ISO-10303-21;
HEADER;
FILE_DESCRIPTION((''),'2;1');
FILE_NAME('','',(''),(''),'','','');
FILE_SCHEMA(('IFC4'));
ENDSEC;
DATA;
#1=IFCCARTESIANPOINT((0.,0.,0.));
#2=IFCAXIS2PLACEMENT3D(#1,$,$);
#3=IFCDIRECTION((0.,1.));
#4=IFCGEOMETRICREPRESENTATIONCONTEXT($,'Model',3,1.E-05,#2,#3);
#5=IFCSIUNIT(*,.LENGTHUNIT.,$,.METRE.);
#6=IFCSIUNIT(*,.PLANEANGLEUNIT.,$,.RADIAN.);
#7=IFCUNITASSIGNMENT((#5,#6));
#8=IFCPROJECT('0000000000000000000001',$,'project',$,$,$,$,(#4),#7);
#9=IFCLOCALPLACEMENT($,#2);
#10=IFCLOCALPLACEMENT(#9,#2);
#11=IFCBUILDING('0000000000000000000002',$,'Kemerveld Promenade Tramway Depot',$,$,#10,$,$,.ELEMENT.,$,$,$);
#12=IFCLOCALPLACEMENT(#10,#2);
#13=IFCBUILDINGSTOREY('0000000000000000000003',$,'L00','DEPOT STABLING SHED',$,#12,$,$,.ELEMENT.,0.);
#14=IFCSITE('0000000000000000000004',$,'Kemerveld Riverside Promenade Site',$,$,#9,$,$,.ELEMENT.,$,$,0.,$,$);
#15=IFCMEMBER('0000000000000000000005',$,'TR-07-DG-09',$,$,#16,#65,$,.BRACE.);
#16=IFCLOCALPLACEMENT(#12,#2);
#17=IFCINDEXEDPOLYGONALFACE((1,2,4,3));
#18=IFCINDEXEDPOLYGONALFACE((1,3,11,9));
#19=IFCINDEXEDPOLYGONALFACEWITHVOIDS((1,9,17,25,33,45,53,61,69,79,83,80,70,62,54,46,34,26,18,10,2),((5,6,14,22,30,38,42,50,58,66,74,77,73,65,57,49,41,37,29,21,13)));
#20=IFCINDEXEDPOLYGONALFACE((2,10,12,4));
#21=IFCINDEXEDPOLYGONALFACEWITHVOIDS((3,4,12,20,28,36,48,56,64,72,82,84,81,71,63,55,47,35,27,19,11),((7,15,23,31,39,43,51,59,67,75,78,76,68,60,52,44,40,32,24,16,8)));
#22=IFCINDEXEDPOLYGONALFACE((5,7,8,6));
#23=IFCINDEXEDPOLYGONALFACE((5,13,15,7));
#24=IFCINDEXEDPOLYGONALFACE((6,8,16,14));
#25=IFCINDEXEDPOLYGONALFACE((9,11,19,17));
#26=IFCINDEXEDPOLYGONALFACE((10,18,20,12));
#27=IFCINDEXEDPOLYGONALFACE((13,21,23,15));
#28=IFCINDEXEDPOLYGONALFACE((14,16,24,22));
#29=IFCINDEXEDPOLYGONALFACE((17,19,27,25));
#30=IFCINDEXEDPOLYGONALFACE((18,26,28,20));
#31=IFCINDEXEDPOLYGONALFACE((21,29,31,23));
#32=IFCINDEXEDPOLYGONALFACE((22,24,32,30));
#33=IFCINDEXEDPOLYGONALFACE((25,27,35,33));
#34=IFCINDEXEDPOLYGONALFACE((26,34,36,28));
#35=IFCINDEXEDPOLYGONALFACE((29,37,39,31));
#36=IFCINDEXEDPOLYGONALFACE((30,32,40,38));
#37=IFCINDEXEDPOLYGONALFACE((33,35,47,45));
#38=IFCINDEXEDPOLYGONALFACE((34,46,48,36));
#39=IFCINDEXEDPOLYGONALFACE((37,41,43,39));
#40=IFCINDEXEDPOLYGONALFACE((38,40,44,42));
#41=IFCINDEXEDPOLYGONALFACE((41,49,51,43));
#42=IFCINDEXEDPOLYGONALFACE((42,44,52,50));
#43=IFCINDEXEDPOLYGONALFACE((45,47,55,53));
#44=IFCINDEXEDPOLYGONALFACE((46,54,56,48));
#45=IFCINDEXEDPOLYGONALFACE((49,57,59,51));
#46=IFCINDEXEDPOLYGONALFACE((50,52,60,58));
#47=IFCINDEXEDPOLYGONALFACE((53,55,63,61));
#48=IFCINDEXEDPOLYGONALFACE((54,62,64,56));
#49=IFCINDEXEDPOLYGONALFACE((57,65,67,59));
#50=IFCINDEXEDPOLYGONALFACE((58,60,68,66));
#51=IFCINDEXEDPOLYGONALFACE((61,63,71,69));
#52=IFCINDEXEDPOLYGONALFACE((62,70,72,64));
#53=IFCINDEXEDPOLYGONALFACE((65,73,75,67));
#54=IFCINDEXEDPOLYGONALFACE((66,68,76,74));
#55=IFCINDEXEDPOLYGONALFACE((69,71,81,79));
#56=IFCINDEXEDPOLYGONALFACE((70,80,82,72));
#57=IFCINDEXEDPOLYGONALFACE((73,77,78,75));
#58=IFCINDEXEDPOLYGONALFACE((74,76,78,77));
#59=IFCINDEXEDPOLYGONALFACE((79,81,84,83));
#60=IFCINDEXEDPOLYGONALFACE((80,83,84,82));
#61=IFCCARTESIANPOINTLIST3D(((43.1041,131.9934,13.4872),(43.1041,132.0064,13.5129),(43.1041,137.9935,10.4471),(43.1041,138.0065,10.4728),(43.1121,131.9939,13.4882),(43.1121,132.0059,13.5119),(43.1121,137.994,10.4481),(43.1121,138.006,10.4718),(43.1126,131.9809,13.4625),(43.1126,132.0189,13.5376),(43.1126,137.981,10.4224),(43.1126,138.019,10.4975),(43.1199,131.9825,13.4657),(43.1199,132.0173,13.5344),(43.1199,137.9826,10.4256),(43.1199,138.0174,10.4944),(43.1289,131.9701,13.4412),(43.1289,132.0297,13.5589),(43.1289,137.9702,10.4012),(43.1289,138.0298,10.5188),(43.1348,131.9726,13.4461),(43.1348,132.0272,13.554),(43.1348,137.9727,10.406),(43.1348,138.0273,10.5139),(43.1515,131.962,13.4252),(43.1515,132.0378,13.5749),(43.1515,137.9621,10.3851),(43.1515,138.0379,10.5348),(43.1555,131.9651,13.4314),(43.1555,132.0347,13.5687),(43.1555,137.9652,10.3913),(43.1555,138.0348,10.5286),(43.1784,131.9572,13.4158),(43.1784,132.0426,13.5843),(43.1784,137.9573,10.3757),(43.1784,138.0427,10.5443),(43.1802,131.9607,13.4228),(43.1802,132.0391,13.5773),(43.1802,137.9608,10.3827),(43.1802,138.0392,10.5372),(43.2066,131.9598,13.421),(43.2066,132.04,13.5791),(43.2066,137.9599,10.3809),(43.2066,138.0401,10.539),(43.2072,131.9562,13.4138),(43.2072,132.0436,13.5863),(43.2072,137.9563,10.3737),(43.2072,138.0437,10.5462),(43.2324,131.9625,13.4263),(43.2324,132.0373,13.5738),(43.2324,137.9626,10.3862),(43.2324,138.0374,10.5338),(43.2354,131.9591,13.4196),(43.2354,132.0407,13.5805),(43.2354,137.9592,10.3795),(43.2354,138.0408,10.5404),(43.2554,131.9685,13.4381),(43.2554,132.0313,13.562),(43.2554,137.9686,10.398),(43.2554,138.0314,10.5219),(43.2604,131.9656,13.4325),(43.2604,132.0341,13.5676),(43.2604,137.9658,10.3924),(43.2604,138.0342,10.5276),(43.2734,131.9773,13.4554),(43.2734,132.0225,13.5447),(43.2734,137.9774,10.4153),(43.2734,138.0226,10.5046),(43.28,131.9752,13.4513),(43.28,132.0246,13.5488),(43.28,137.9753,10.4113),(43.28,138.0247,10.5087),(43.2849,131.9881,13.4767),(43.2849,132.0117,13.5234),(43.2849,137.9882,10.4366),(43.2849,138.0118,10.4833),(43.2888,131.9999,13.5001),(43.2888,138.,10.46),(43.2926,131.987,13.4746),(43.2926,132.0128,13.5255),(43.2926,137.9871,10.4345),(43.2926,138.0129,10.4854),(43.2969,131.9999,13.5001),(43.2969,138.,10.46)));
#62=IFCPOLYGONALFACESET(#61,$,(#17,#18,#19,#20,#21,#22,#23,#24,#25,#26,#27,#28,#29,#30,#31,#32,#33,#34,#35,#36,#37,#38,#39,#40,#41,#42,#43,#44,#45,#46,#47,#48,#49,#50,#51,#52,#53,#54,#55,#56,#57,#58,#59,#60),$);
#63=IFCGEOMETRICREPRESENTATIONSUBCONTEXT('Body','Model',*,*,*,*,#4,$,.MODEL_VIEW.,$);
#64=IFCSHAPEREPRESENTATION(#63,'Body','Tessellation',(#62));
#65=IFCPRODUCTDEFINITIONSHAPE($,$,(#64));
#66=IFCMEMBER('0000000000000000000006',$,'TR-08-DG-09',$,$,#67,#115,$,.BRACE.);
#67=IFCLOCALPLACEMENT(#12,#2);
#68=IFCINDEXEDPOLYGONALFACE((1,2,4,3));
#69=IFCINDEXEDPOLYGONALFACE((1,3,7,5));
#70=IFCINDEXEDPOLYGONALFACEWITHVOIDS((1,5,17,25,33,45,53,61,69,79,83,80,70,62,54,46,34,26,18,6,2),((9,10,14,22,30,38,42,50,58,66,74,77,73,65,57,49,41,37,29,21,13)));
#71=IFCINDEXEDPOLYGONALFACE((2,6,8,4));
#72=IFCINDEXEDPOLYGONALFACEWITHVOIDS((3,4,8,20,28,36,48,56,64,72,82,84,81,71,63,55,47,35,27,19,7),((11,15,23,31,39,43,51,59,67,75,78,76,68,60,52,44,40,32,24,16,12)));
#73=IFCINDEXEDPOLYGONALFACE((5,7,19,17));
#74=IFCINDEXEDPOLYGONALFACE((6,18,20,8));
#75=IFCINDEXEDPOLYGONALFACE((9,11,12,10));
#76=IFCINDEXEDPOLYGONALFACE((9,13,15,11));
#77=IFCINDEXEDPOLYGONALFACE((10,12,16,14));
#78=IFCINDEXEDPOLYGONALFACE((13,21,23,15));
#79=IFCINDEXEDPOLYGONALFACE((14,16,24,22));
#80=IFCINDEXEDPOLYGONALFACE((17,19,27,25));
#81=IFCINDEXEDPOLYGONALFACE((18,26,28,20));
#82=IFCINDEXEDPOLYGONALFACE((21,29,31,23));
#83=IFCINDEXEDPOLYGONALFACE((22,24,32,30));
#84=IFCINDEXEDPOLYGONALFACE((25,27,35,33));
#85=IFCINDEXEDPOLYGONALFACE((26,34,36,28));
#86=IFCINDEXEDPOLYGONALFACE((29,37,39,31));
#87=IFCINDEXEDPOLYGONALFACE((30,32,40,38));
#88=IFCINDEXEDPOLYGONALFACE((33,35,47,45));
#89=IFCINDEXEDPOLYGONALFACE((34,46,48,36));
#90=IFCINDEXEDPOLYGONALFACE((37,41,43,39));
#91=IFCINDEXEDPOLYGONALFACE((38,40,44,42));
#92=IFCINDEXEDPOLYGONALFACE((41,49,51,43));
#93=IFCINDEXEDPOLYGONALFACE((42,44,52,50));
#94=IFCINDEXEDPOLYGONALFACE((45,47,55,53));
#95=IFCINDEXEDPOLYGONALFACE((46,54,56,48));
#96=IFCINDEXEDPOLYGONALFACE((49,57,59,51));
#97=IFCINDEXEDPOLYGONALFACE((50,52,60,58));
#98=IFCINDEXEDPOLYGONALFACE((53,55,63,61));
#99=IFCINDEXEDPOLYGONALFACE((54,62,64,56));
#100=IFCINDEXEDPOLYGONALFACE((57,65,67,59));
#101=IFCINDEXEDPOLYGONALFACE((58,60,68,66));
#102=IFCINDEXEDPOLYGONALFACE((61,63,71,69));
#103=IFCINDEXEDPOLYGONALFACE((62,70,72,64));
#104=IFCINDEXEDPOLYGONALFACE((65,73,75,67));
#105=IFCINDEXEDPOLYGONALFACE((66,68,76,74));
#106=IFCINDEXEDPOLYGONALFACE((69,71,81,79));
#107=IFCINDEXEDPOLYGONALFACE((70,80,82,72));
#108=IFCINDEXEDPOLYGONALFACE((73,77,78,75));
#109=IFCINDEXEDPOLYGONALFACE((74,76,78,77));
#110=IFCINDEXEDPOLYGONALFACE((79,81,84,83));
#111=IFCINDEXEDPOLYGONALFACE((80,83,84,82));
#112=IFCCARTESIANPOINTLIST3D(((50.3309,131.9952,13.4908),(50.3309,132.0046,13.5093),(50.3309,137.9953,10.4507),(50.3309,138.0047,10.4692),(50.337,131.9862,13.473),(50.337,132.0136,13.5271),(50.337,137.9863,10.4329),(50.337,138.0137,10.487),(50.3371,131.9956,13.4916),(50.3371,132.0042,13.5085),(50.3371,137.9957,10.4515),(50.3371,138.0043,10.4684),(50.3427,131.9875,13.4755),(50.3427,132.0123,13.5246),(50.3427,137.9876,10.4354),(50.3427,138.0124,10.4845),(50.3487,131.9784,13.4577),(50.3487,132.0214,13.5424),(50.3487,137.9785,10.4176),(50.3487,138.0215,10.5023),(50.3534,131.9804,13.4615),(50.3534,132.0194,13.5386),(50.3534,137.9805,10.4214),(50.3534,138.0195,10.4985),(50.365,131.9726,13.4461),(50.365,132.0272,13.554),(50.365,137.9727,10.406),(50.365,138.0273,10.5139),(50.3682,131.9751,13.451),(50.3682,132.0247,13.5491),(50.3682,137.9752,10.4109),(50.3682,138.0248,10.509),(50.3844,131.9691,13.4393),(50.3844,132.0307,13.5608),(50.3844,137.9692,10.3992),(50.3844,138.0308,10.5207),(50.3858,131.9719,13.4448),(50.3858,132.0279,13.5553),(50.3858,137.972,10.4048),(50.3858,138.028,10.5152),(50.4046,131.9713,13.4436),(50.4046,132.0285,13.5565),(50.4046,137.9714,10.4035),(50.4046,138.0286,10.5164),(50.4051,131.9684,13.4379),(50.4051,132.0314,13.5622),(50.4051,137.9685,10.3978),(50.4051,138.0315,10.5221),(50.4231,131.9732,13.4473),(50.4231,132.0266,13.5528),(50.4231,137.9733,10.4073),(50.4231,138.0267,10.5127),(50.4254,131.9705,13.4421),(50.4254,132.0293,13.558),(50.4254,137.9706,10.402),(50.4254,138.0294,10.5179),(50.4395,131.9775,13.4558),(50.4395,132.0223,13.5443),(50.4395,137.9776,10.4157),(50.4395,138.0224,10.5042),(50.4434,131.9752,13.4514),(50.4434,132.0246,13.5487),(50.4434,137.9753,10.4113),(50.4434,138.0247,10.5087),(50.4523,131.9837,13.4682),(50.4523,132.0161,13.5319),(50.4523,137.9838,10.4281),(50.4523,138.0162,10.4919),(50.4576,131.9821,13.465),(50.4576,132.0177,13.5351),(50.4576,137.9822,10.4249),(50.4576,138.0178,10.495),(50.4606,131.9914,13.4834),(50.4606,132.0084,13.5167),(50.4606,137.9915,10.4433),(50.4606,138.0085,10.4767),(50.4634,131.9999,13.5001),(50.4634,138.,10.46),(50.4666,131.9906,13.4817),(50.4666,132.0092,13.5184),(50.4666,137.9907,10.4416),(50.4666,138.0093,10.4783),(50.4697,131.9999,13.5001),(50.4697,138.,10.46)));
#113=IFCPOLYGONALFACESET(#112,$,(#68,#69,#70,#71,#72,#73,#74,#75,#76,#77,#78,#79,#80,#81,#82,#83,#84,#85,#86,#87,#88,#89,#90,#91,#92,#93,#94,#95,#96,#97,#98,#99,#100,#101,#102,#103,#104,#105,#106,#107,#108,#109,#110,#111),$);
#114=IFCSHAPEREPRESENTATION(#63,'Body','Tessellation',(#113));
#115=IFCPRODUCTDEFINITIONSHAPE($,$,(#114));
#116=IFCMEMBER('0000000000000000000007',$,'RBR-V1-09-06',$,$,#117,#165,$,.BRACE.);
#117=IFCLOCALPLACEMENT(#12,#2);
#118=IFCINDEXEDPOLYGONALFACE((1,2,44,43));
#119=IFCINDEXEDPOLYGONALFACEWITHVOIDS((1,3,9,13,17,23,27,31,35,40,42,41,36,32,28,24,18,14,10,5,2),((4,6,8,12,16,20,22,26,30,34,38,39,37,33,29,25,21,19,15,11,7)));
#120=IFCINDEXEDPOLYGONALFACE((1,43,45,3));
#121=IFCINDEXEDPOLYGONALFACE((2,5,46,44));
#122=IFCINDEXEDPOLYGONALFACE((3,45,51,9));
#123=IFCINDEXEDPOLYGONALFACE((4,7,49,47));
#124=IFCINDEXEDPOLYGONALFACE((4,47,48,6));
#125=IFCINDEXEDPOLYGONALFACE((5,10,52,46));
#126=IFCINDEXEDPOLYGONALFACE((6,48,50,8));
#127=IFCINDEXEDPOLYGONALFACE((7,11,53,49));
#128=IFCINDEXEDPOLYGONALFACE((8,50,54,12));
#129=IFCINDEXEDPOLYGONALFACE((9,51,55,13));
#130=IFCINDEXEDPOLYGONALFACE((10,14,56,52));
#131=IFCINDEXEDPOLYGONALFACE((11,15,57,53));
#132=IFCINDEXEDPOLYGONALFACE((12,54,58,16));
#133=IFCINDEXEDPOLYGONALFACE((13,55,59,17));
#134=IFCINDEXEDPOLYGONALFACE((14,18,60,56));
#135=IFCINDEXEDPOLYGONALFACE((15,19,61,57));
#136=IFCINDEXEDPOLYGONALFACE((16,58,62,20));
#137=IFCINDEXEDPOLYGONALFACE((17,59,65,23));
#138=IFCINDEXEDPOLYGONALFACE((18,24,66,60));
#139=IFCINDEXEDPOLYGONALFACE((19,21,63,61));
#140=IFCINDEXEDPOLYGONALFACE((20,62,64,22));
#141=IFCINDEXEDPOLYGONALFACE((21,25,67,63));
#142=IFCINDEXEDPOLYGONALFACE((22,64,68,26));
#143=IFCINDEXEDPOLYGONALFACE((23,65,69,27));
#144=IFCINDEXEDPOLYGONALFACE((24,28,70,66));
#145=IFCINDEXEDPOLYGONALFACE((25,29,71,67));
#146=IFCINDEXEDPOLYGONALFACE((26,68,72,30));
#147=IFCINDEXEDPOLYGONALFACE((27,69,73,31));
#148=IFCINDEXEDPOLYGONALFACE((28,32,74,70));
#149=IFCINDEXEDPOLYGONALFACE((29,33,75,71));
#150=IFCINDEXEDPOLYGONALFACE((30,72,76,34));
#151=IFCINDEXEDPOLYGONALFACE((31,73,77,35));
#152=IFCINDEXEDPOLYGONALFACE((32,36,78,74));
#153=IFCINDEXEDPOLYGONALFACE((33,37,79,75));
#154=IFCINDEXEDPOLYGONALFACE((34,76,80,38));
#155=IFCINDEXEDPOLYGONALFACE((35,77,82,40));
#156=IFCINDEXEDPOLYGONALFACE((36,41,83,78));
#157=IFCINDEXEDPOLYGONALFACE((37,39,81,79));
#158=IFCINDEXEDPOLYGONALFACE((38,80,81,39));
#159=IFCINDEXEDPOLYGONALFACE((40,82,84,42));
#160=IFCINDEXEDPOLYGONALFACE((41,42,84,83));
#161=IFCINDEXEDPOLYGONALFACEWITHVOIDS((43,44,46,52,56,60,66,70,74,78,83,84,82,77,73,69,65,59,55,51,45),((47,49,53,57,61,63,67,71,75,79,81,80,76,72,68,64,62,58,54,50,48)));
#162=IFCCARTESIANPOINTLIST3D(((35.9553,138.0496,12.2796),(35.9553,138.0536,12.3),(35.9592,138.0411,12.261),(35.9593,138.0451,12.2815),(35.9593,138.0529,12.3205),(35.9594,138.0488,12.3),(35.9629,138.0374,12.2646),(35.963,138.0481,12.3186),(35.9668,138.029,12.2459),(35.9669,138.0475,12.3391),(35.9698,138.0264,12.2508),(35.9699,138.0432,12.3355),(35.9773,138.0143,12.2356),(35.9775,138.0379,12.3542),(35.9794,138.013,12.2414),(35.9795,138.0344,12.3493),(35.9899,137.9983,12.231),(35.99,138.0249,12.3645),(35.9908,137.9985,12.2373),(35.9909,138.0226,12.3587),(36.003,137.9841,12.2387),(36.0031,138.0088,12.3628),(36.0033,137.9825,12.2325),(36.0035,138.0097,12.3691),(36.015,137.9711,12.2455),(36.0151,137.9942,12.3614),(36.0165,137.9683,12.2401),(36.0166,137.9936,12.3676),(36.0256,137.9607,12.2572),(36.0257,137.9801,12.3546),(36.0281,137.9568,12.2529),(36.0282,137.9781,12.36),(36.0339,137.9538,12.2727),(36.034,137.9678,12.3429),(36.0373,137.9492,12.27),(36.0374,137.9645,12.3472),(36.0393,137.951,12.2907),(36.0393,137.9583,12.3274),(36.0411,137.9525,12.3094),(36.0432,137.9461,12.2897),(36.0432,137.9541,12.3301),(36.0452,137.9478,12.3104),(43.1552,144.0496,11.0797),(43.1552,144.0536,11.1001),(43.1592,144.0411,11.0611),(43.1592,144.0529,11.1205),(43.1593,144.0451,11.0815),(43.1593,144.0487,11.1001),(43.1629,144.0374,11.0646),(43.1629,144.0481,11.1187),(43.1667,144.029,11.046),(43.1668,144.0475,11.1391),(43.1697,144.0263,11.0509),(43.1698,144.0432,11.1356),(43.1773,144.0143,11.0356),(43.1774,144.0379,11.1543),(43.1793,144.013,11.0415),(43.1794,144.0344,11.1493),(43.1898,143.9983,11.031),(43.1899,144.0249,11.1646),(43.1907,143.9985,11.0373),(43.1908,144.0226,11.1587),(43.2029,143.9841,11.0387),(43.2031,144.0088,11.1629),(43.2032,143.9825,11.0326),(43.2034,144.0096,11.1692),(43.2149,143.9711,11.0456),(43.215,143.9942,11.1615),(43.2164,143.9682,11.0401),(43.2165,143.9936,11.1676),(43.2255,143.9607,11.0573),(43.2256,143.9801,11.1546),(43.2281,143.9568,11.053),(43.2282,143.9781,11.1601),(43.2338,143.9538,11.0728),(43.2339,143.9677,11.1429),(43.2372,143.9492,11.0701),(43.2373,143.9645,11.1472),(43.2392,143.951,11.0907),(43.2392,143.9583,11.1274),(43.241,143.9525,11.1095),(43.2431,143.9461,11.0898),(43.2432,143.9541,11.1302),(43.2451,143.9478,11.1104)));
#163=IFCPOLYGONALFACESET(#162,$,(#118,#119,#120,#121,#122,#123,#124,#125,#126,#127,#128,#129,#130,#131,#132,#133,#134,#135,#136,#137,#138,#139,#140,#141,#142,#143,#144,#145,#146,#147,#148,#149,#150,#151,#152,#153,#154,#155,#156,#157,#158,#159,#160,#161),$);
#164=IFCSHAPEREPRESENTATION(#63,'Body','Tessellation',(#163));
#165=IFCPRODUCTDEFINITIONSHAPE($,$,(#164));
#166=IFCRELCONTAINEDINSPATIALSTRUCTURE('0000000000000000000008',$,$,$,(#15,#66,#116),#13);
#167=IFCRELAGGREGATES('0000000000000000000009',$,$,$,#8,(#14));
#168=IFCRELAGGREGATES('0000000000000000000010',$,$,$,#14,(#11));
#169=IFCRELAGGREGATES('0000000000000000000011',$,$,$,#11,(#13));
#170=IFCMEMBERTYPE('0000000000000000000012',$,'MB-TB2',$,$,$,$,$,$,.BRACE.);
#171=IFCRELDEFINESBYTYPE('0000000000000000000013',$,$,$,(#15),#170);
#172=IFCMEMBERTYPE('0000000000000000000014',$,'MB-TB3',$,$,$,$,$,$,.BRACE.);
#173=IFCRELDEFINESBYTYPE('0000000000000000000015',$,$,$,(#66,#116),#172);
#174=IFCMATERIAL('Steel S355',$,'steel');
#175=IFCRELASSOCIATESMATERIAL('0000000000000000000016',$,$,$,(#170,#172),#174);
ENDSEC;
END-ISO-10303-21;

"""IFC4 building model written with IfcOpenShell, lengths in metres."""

from ifc_helpers import new_model, si_unit, direction, frame, origin, origin_2d, place, context, subcontext, project, spatial, hollow_circle, extrude, material, material_profile, profile_set, type_object, element, save


model = new_model("IFC4")

# Units and contexts
model_context = context("Model", 3, precision=1e-05, world=origin(), true_north=direction((0.0, 1.0)))
body_context = subcontext(model_context, "Body", "Model", "MODEL_VIEW")
ifc_project = project(units=[si_unit("LENGTHUNIT", "METRE"), si_unit("PLANEANGLEUNIT", "RADIAN")], contexts=[model_context])

# Site, building, storey
site_placement = place(None, origin())
site = spatial("IfcSite", under=ifc_project, at=site_placement, Name="Kemerveld Riverside Promenade Site", CompositionType="ELEMENT", RefElevation=0.0)
building_placement = place(site_placement, origin())
building = spatial("IfcBuilding", under=site, at=building_placement, Name="Kemerveld Promenade Tramway Depot", CompositionType="ELEMENT")
storey_placement = place(building_placement, origin())
storey = spatial("IfcBuildingStorey", under=building, at=storey_placement, Name="L00", Description="DEPOT STABLING SHED", CompositionType="ELEMENT", Elevation=0.0)

# Members
ifc_material_1 = material(Name="Steel S355", Category="steel")
ifc_material_profile_1 = material_profile(ifc_material_1, hollow_circle(Radius=0.0969, WallThickness=0.0081, at=origin_2d()), Name="193.7x8.0 CHS")
ifc_profile_set_1 = profile_set([ifc_material_profile_1], Name="Steel S355")
member_type_1 = type_object("IfcMemberType", Name="MB-TB2", PredefinedType="BRACE", material=ifc_profile_set_1)
member_1_placement = place(storey_placement, frame((43.2, 138.0, 10.46), z_axis=(0.0, -0.892033, 0.451969), x_axis=(1.0, 0.0, 0.0)))
element("IfcMember", 1, at=member_1_placement, inside=storey, type_object=member_type_1, Name="TR-07-DG-09", PredefinedType="BRACE", context=body_context, shape_type="SweptSolid", body=[
    extrude(hollow_circle(Radius=0.0969, WallThickness=0.0081, at=origin_2d()), origin(), (0.0, 0.0, 1.0), 6.7263),
])
ifc_material_profile_2 = material_profile(ifc_material_1, hollow_circle(Radius=0.0698, WallThickness=0.0063, at=origin_2d()), Name="139.7x6.3 CHS")
ifc_profile_set_2 = profile_set([ifc_material_profile_2], Name="Steel S355")
member_type_2 = type_object("IfcMemberType", Name="MB-TB3", PredefinedType="BRACE", material=ifc_profile_set_2)
member_2_placement = place(storey_placement, frame((50.3999, 138.0, 10.46), z_axis=(0.0, -0.892033, 0.451969), x_axis=(1.0, 0.0, 0.0)))
element("IfcMember", 2, at=member_2_placement, inside=storey, type_object=member_type_2, Name="TR-08-DG-09", PredefinedType="BRACE", context=body_context, shape_type="SweptSolid", body=[
    extrude(hollow_circle(Radius=0.0698, WallThickness=0.0063, at=origin_2d()), origin(), (0.0, 0.0, 1.0), 6.7263),
])
member_3_placement = place(storey_placement, frame((36.0, 138.0, 12.3), z_axis=(0.761999, 0.635004, -0.126996), x_axis=(-0.640187, 0.768219, 0.0)))
element("IfcMember", 3, at=member_3_placement, inside=storey, type_object=member_type_2, Name="RBR-V1-09-06", PredefinedType="BRACE", context=body_context, shape_type="SweptSolid", body=[
    extrude(hollow_circle(Radius=0.0698, WallThickness=0.0063, at=origin_2d()), origin(), (0.0, 0.0, 1.0), 9.4487),
])

save(model, "model.ifc")
